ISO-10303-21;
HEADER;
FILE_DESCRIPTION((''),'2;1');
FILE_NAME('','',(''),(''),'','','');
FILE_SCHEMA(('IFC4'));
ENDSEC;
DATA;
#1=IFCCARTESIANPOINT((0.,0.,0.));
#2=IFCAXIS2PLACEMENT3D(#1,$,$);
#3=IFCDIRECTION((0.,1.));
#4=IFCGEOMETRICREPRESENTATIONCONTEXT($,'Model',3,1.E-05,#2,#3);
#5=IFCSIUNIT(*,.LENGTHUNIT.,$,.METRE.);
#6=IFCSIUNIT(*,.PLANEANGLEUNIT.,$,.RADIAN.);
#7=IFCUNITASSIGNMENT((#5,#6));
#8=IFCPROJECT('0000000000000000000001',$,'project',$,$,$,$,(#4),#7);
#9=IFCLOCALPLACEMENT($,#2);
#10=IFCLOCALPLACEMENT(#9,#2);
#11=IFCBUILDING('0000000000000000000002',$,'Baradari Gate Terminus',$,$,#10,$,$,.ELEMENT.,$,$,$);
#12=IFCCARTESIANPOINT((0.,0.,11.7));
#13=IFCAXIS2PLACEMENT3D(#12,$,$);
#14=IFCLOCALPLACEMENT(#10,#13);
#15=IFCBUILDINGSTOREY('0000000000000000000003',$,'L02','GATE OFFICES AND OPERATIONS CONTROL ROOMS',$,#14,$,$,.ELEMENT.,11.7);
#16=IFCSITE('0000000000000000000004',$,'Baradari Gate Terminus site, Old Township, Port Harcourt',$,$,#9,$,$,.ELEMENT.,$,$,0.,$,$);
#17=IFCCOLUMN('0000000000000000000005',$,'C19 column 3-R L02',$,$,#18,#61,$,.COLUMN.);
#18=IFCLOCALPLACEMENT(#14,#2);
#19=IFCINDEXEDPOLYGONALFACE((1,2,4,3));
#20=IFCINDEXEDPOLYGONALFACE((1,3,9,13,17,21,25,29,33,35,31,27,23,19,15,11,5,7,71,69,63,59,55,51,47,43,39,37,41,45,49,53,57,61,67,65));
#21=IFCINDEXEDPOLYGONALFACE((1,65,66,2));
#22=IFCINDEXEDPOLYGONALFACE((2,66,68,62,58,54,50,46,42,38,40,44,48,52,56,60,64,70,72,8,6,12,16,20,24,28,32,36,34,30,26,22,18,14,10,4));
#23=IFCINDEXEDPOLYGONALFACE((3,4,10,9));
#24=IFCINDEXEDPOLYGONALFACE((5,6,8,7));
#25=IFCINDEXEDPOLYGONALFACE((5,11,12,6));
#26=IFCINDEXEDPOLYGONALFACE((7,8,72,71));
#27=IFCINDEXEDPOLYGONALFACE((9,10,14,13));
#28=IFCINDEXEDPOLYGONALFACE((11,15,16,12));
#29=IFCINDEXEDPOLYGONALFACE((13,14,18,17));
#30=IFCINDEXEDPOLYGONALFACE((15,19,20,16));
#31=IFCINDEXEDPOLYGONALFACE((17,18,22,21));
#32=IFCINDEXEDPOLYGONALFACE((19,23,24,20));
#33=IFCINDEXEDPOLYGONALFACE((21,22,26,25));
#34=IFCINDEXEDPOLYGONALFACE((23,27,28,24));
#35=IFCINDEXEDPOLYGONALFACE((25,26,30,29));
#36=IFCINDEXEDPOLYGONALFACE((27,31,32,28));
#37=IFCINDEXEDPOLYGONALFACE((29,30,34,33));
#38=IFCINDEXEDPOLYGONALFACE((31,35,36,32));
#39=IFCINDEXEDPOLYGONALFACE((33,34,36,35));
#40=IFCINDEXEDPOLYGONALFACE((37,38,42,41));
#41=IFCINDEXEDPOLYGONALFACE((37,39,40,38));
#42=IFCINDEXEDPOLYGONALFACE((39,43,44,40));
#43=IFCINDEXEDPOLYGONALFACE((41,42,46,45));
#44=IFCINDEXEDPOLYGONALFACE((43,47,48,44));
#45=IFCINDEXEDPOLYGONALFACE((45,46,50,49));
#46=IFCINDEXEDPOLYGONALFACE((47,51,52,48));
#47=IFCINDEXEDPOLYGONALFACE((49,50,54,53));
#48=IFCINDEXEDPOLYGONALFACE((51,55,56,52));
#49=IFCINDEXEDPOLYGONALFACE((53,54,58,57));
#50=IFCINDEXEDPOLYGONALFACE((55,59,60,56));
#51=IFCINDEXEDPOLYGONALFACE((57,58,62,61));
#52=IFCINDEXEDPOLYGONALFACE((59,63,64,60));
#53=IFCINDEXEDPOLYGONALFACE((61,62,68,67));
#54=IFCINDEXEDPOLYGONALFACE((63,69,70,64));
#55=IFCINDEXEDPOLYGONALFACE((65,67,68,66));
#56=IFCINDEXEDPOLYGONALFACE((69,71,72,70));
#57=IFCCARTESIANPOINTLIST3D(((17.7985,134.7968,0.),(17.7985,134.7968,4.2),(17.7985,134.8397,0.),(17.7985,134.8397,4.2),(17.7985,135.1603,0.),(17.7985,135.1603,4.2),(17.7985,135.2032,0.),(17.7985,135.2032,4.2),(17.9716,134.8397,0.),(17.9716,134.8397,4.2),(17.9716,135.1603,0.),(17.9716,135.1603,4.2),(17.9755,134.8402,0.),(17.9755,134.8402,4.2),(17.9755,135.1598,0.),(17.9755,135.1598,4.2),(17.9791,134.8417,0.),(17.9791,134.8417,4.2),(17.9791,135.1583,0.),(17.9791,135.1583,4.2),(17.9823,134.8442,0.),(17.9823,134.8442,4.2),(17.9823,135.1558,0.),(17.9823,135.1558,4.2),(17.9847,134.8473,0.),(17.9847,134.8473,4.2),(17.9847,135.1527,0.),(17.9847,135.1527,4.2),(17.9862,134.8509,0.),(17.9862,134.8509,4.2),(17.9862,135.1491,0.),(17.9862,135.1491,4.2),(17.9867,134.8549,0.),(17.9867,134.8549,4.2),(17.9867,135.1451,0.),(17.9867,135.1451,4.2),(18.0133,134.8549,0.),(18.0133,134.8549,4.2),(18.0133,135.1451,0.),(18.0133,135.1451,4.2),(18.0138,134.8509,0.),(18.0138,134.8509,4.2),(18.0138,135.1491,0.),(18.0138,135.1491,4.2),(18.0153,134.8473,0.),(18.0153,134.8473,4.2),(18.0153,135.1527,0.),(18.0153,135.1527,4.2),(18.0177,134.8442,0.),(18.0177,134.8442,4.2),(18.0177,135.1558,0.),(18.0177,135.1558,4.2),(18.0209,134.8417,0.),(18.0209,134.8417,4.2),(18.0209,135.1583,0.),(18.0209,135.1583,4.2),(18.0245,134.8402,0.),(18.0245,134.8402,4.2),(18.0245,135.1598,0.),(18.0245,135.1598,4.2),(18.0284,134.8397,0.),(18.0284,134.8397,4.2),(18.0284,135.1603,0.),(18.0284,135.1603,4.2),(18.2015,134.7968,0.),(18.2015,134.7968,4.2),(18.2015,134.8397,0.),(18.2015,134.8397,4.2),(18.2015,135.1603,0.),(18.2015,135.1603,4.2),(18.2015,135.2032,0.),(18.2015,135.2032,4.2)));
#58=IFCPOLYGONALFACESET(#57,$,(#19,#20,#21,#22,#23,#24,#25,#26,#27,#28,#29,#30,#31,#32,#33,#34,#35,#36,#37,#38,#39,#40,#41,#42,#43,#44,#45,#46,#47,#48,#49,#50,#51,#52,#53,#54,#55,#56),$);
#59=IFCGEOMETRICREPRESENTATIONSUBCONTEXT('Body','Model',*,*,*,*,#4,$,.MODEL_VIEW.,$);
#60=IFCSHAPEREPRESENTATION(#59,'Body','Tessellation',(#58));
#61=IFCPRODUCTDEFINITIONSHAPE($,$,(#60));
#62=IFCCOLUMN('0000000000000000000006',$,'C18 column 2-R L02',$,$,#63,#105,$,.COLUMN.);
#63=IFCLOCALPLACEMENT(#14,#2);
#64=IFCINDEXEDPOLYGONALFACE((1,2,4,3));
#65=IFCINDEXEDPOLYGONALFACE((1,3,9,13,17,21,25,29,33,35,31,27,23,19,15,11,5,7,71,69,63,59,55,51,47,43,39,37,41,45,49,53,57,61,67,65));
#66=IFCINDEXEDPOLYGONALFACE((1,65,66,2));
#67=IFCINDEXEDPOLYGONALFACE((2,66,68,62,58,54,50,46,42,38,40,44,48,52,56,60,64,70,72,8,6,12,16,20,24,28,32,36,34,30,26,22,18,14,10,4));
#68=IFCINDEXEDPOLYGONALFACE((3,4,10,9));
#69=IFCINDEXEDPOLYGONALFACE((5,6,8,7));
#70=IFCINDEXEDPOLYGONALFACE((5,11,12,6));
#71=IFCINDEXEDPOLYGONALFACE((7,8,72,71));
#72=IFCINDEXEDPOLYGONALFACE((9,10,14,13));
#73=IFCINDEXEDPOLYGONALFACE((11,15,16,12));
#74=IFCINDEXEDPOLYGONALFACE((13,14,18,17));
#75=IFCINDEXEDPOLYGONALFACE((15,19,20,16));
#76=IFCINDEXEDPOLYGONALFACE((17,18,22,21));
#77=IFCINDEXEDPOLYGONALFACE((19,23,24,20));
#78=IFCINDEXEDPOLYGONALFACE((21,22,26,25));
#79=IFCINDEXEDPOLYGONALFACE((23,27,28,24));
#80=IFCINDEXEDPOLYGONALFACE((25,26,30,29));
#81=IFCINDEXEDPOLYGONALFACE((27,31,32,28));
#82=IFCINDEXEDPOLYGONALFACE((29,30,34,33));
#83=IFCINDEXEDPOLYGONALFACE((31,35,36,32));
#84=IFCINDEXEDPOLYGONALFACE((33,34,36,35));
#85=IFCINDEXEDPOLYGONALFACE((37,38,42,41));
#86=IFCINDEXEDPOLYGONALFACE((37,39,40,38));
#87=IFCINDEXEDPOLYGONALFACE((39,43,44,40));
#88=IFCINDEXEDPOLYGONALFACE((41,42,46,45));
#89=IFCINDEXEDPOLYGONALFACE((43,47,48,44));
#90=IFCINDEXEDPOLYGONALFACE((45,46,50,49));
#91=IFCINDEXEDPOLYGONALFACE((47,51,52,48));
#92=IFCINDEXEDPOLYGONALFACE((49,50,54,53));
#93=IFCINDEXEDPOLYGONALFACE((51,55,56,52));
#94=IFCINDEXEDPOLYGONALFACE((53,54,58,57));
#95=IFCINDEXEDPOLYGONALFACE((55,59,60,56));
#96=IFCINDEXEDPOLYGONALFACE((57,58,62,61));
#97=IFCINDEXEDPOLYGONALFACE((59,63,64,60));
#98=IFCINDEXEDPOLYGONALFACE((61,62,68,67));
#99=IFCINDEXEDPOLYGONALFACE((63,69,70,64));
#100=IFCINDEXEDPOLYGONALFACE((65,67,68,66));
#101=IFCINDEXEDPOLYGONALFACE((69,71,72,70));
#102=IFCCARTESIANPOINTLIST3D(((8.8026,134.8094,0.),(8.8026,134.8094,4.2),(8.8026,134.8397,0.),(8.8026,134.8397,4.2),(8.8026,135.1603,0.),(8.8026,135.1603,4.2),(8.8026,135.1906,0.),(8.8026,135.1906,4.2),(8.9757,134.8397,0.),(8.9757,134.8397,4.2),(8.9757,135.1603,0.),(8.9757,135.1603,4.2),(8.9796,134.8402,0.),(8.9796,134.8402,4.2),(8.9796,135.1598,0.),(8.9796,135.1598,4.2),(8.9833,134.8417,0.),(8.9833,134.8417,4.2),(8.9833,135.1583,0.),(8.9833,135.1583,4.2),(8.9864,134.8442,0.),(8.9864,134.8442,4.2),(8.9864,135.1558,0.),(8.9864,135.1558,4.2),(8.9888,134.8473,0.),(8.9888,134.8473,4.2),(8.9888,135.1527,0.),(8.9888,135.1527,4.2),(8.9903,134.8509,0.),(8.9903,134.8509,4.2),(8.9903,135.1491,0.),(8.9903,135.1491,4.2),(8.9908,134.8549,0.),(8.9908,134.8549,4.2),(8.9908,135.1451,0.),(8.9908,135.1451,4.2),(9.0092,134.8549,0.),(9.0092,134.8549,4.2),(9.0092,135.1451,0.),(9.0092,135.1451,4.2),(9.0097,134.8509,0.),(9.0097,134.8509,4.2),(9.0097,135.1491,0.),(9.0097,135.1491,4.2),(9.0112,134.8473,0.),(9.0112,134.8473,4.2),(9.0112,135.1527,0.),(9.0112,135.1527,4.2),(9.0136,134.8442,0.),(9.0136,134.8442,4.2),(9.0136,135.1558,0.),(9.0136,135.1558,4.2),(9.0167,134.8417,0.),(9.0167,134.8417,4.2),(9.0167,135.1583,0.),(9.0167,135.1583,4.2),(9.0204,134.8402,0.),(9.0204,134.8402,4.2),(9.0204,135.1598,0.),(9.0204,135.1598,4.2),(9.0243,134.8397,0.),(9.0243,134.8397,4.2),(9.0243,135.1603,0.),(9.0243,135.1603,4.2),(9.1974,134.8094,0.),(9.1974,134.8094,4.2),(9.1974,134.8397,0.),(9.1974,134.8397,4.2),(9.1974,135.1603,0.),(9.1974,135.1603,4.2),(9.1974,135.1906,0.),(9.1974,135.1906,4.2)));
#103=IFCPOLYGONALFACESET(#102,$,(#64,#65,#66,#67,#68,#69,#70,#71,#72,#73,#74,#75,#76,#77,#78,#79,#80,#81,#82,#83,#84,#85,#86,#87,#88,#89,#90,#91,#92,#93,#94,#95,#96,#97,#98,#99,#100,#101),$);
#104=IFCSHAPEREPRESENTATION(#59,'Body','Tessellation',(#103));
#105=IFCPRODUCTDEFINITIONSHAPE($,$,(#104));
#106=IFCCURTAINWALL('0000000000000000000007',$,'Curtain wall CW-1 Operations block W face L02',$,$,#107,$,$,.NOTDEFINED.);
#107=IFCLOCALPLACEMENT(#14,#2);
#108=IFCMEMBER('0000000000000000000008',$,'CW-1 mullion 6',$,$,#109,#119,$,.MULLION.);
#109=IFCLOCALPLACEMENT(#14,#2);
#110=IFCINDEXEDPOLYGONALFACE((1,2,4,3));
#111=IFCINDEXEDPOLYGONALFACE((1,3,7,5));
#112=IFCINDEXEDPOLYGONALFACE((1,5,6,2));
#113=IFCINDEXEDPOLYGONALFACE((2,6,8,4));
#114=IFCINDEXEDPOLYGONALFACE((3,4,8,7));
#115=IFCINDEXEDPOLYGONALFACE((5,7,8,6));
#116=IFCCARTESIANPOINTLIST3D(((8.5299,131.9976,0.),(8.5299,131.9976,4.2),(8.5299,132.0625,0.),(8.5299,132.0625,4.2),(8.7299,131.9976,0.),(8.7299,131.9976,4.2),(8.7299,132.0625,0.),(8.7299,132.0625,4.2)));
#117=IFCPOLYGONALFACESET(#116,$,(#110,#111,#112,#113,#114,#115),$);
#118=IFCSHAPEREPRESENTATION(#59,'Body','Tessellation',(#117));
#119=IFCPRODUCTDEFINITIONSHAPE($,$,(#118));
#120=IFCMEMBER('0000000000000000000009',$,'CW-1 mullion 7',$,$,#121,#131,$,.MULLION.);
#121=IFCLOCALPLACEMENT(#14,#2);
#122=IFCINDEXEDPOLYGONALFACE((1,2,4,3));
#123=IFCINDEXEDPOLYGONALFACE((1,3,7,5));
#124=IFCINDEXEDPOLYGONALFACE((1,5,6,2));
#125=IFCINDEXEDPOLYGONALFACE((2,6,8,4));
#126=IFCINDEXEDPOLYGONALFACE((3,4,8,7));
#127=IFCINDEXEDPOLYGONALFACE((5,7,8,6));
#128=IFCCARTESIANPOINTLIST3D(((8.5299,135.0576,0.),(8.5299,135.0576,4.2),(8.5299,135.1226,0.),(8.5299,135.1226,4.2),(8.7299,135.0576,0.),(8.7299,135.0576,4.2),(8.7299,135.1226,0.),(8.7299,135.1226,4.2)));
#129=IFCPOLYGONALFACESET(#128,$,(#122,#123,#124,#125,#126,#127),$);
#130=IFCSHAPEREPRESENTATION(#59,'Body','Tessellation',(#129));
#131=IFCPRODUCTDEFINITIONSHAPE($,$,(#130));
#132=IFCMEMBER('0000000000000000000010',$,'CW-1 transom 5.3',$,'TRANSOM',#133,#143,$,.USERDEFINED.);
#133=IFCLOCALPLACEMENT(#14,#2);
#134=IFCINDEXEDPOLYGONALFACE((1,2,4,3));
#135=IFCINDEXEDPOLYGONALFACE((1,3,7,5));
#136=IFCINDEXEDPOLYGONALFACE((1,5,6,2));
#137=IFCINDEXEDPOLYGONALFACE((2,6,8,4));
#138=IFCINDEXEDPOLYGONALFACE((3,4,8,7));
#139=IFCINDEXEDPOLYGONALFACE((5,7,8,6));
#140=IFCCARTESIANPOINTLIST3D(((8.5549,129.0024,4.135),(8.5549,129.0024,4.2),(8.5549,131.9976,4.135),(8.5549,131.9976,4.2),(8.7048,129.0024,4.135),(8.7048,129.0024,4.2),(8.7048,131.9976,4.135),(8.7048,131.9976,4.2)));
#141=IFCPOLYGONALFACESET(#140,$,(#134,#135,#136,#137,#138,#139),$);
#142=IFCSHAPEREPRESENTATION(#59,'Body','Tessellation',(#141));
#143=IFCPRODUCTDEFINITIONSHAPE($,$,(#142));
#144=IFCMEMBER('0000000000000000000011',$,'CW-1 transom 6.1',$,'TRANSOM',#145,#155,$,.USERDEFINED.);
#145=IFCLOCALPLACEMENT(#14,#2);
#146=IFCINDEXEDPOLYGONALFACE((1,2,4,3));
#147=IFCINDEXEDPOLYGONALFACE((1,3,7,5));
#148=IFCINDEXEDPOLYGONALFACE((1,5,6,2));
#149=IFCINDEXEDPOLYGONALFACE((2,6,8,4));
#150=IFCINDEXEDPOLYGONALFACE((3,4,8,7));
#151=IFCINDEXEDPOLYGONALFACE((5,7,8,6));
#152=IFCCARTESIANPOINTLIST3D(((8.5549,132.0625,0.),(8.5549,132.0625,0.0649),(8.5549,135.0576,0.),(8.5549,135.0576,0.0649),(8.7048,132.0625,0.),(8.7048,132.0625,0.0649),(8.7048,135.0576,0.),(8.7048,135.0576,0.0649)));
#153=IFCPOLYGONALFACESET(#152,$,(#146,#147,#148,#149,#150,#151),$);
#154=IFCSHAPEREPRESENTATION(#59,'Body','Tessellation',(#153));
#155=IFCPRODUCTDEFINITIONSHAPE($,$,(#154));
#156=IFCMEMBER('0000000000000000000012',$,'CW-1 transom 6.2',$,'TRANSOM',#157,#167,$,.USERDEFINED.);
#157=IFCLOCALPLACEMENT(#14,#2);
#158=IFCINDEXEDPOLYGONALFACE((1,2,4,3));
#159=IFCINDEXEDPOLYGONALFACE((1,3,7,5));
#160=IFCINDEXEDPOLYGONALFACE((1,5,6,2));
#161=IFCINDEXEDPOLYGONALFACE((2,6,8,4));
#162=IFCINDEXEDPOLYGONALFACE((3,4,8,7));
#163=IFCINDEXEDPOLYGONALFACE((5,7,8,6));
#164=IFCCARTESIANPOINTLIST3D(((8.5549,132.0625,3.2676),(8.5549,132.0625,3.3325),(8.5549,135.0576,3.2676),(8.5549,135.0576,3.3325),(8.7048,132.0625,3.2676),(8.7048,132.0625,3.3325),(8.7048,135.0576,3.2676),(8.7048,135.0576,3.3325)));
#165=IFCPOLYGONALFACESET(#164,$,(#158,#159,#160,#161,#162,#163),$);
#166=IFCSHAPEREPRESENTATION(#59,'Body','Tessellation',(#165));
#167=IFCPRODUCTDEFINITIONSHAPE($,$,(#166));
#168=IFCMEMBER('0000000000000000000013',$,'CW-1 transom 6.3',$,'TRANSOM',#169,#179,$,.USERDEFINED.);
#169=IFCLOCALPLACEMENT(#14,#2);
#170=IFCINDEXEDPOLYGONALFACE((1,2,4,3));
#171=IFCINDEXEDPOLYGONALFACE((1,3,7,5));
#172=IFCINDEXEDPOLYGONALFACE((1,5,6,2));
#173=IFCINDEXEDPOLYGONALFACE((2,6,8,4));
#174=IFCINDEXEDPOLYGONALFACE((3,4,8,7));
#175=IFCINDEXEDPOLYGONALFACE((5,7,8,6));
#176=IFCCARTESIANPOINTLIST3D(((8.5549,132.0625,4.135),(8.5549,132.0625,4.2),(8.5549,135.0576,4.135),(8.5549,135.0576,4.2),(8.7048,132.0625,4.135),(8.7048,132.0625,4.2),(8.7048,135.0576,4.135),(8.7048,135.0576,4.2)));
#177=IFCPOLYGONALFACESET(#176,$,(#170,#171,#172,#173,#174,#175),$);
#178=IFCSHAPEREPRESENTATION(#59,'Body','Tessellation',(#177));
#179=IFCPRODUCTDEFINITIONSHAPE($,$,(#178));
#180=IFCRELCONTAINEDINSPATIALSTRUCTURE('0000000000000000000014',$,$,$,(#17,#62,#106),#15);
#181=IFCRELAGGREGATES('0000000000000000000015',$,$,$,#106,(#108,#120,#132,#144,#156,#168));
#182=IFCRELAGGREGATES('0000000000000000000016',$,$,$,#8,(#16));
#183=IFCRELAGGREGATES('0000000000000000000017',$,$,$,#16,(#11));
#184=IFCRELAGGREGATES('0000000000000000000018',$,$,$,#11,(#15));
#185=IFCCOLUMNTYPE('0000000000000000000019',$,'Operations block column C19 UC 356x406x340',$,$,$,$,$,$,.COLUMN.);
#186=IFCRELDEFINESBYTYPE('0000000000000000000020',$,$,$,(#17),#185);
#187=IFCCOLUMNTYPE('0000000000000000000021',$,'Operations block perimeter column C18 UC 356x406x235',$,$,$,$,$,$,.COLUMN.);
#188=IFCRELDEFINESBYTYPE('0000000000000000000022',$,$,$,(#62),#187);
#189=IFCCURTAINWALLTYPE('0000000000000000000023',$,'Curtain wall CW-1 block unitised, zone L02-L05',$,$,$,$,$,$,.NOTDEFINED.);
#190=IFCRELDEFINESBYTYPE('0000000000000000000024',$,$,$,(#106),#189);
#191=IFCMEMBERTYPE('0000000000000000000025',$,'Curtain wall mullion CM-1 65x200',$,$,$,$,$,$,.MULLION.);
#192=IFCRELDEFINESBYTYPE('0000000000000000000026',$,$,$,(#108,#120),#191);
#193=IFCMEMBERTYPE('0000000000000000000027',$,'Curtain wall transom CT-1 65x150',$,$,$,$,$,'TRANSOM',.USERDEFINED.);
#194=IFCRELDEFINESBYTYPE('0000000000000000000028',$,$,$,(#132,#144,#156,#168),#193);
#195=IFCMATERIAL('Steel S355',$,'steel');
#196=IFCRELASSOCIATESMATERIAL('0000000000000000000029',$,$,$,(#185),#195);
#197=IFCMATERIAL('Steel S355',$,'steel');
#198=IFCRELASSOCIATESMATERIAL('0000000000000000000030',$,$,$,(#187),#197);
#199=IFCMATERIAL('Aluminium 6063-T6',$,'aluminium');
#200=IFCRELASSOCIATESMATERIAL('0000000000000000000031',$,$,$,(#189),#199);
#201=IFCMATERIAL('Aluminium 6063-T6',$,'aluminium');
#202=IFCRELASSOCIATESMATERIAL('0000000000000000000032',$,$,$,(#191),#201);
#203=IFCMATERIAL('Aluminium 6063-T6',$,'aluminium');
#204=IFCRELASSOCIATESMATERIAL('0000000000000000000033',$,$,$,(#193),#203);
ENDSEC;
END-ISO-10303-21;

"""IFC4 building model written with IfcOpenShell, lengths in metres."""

from ifc_helpers import new_model, si_unit, direction, frame, origin, origin_2d, place, context, subcontext, project, spatial, rectangle, i_section, extrude, material, material_profile, profile_set, type_object, element, aggregate, save


model = new_model("IFC4")

# Units and contexts
model_context = context("Model", 3, precision=1e-05, world=origin(), true_north=direction((0.0, 1.0)))
body_context = subcontext(model_context, "Body", "Model", "MODEL_VIEW")
ifc_project = project(units=[si_unit("LENGTHUNIT", "METRE"), si_unit("PLANEANGLEUNIT", "RADIAN")], contexts=[model_context])

# Site, building, storey
site_placement = place(None, origin())
site = spatial("IfcSite", under=ifc_project, at=site_placement, Name="Baradari Gate Terminus site, Old Township, Port Harcourt", CompositionType="ELEMENT", RefElevation=0.0)
building_placement = place(site_placement, origin())
building = spatial("IfcBuilding", under=site, at=building_placement, Name="Baradari Gate Terminus", CompositionType="ELEMENT")
storey_placement = place(building_placement, frame((0.0, 0.0, 11.7)))
storey = spatial("IfcBuildingStorey", under=building, at=storey_placement, Name="L02", Description="GATE OFFICES AND OPERATIONS CONTROL ROOMS", CompositionType="ELEMENT", Elevation=11.7)

# Columns
ifc_material_1 = material(Name="Steel S355", Category="steel")
ifc_material_profile_1 = material_profile(ifc_material_1, i_section(OverallWidth=0.4031, OverallDepth=0.4065, WebThickness=0.0266, FlangeThickness=0.043, FilletRadius=0.0151, at=origin_2d()), Name="UC 356x406x340")
ifc_profile_set_1 = profile_set([ifc_material_profile_1], Name="Steel S355")
column_type_1 = type_object("IfcColumnType", Name="Operations block column C19 UC 356x406x340", PredefinedType="COLUMN", material=ifc_profile_set_1)
column_1_placement = place(storey_placement, frame((18.0, 135.0, 0.0), z_axis=(0.0, 0.0, 1.0), x_axis=(1.0, 0.0, 0.0)))
element("IfcColumn", 1, at=column_1_placement, inside=storey, type_object=column_type_1, Name="C19 column 3-R L02", PredefinedType="COLUMN", context=body_context, shape_type="SweptSolid", body=[
    extrude(i_section(OverallWidth=0.4031, OverallDepth=0.4065, WebThickness=0.0266, FlangeThickness=0.043, FilletRadius=0.0151, at=origin_2d()), origin(), (0.0, 0.0, 1.0), 4.2),
])
ifc_material_2 = material(Name="Steel S355", Category="steel")
ifc_material_profile_2 = material_profile(ifc_material_2, i_section(OverallWidth=0.3948, OverallDepth=0.3811, WebThickness=0.0183, FlangeThickness=0.0303, FilletRadius=0.0151, at=origin_2d()), Name="UC 356x406x235")
ifc_profile_set_2 = profile_set([ifc_material_profile_2], Name="Steel S355")
column_type_2 = type_object("IfcColumnType", Name="Operations block perimeter column C18 UC 356x406x235", PredefinedType="COLUMN", material=ifc_profile_set_2)
column_2_placement = place(storey_placement, frame((9.0, 135.0, 0.0), z_axis=(0.0, 0.0, 1.0), x_axis=(1.0, 0.0, 0.0)))
element("IfcColumn", 2, at=column_2_placement, inside=storey, type_object=column_type_2, Name="C18 column 2-R L02", PredefinedType="COLUMN", context=body_context, shape_type="SweptSolid", body=[
    extrude(i_section(OverallWidth=0.3948, OverallDepth=0.3811, WebThickness=0.0183, FlangeThickness=0.0303, FilletRadius=0.0151, at=origin_2d()), origin(), (0.0, 0.0, 1.0), 4.2),
])

# Curtain wall, members
ifc_material_3 = material(Name="Aluminium 6063-T6", Category="aluminium")
curtain_wall_type = type_object("IfcCurtainWallType", Name="Curtain wall CW-1 block unitised, zone L02-L05", PredefinedType="NOTDEFINED", material=ifc_material_3)
curtain_wall_placement = place(storey_placement, origin())
curtain_wall = element("IfcCurtainWall", 3, at=curtain_wall_placement, inside=storey, type_object=curtain_wall_type, Name="Curtain wall CW-1 Operations block W face L02", PredefinedType="NOTDEFINED")
ifc_material_4 = material(Name="Aluminium 6063-T6", Category="aluminium")
ifc_material_profile_3 = material_profile(ifc_material_4, rectangle(XDim=0.2, YDim=0.0649, at=origin_2d()), Name="CM-1 65X200")
ifc_profile_set_3 = profile_set([ifc_material_profile_3], Name="Aluminium 6063-T6")
member_type_1 = type_object("IfcMemberType", Name="Curtain wall mullion CM-1 65x200", PredefinedType="MULLION", material=ifc_profile_set_3)
member_1_placement = place(storey_placement, frame((8.6299, 132.03, 0.0), z_axis=(0.0, 0.0, 1.0), x_axis=(-1.0, 0.0, 0.0)))
member_1 = element("IfcMember", 4, at=member_1_placement, type_object=member_type_1, Name="CW-1 mullion 6", PredefinedType="MULLION", context=body_context, shape_type="SweptSolid", body=[
    extrude(rectangle(XDim=0.2, YDim=0.0649, at=origin_2d()), origin(), (0.0, 0.0, 1.0), 4.2),
])
member_2_placement = place(storey_placement, frame((8.6299, 135.0901, 0.0), z_axis=(0.0, 0.0, 1.0), x_axis=(-1.0, 0.0, 0.0)))
member_2 = element("IfcMember", 5, at=member_2_placement, type_object=member_type_1, Name="CW-1 mullion 7", PredefinedType="MULLION", context=body_context, shape_type="SweptSolid", body=[
    extrude(rectangle(XDim=0.2, YDim=0.0649, at=origin_2d()), origin(), (0.0, 0.0, 1.0), 4.2),
])
ifc_material_5 = material(Name="Aluminium 6063-T6", Category="aluminium")
ifc_material_profile_4 = material_profile(ifc_material_5, rectangle(XDim=0.1499, YDim=0.0649, at=origin_2d()), Name="CT-1 65X150")
ifc_profile_set_4 = profile_set([ifc_material_profile_4], Name="Aluminium 6063-T6")
member_type_2 = type_object("IfcMemberType", Name="Curtain wall transom CT-1 65x150", ElementType="TRANSOM", PredefinedType="USERDEFINED", material=ifc_profile_set_4)
member_3_placement = place(storey_placement, frame((8.6299, 129.0024, 4.1675), z_axis=(0.0, 1.0, 0.0), x_axis=(-1.0, 0.0, 0.0)))
member_3 = element("IfcMember", 6, at=member_3_placement, type_object=member_type_2, Name="CW-1 transom 5.3", ObjectType="TRANSOM", PredefinedType="USERDEFINED", context=body_context, shape_type="SweptSolid", body=[
    extrude(rectangle(XDim=0.1499, YDim=0.0649, at=origin_2d()), origin(), (0.0, 0.0, 1.0), 2.9951),
])
member_4_placement = place(storey_placement, frame((8.6299, 132.0625, 0.0325), z_axis=(0.0, 1.0, 0.0), x_axis=(-1.0, 0.0, 0.0)))
member_4 = element("IfcMember", 7, at=member_4_placement, type_object=member_type_2, Name="CW-1 transom 6.1", ObjectType="TRANSOM", PredefinedType="USERDEFINED", context=body_context, shape_type="SweptSolid", body=[
    extrude(rectangle(XDim=0.1499, YDim=0.0649, at=origin_2d()), origin(), (0.0, 0.0, 1.0), 2.9951),
])
member_5_placement = place(storey_placement, frame((8.6299, 132.0625, 3.3), z_axis=(0.0, 1.0, 0.0), x_axis=(-1.0, 0.0, 0.0)))
member_5 = element("IfcMember", 8, at=member_5_placement, type_object=member_type_2, Name="CW-1 transom 6.2", ObjectType="TRANSOM", PredefinedType="USERDEFINED", context=body_context, shape_type="SweptSolid", body=[
    extrude(rectangle(XDim=0.1499, YDim=0.0649, at=origin_2d()), origin(), (0.0, 0.0, 1.0), 2.9951),
])
member_6_placement = place(storey_placement, frame((8.6299, 132.0625, 4.1675), z_axis=(0.0, 1.0, 0.0), x_axis=(-1.0, 0.0, 0.0)))
member_6 = element("IfcMember", 9, at=member_6_placement, type_object=member_type_2, Name="CW-1 transom 6.3", ObjectType="TRANSOM", PredefinedType="USERDEFINED", context=body_context, shape_type="SweptSolid", body=[
    extrude(rectangle(XDim=0.1499, YDim=0.0649, at=origin_2d()), origin(), (0.0, 0.0, 1.0), 2.9951),
])

aggregate(curtain_wall, [member_1, member_2, member_3, member_4, member_5, member_6])

save(model, "model.ifc")
